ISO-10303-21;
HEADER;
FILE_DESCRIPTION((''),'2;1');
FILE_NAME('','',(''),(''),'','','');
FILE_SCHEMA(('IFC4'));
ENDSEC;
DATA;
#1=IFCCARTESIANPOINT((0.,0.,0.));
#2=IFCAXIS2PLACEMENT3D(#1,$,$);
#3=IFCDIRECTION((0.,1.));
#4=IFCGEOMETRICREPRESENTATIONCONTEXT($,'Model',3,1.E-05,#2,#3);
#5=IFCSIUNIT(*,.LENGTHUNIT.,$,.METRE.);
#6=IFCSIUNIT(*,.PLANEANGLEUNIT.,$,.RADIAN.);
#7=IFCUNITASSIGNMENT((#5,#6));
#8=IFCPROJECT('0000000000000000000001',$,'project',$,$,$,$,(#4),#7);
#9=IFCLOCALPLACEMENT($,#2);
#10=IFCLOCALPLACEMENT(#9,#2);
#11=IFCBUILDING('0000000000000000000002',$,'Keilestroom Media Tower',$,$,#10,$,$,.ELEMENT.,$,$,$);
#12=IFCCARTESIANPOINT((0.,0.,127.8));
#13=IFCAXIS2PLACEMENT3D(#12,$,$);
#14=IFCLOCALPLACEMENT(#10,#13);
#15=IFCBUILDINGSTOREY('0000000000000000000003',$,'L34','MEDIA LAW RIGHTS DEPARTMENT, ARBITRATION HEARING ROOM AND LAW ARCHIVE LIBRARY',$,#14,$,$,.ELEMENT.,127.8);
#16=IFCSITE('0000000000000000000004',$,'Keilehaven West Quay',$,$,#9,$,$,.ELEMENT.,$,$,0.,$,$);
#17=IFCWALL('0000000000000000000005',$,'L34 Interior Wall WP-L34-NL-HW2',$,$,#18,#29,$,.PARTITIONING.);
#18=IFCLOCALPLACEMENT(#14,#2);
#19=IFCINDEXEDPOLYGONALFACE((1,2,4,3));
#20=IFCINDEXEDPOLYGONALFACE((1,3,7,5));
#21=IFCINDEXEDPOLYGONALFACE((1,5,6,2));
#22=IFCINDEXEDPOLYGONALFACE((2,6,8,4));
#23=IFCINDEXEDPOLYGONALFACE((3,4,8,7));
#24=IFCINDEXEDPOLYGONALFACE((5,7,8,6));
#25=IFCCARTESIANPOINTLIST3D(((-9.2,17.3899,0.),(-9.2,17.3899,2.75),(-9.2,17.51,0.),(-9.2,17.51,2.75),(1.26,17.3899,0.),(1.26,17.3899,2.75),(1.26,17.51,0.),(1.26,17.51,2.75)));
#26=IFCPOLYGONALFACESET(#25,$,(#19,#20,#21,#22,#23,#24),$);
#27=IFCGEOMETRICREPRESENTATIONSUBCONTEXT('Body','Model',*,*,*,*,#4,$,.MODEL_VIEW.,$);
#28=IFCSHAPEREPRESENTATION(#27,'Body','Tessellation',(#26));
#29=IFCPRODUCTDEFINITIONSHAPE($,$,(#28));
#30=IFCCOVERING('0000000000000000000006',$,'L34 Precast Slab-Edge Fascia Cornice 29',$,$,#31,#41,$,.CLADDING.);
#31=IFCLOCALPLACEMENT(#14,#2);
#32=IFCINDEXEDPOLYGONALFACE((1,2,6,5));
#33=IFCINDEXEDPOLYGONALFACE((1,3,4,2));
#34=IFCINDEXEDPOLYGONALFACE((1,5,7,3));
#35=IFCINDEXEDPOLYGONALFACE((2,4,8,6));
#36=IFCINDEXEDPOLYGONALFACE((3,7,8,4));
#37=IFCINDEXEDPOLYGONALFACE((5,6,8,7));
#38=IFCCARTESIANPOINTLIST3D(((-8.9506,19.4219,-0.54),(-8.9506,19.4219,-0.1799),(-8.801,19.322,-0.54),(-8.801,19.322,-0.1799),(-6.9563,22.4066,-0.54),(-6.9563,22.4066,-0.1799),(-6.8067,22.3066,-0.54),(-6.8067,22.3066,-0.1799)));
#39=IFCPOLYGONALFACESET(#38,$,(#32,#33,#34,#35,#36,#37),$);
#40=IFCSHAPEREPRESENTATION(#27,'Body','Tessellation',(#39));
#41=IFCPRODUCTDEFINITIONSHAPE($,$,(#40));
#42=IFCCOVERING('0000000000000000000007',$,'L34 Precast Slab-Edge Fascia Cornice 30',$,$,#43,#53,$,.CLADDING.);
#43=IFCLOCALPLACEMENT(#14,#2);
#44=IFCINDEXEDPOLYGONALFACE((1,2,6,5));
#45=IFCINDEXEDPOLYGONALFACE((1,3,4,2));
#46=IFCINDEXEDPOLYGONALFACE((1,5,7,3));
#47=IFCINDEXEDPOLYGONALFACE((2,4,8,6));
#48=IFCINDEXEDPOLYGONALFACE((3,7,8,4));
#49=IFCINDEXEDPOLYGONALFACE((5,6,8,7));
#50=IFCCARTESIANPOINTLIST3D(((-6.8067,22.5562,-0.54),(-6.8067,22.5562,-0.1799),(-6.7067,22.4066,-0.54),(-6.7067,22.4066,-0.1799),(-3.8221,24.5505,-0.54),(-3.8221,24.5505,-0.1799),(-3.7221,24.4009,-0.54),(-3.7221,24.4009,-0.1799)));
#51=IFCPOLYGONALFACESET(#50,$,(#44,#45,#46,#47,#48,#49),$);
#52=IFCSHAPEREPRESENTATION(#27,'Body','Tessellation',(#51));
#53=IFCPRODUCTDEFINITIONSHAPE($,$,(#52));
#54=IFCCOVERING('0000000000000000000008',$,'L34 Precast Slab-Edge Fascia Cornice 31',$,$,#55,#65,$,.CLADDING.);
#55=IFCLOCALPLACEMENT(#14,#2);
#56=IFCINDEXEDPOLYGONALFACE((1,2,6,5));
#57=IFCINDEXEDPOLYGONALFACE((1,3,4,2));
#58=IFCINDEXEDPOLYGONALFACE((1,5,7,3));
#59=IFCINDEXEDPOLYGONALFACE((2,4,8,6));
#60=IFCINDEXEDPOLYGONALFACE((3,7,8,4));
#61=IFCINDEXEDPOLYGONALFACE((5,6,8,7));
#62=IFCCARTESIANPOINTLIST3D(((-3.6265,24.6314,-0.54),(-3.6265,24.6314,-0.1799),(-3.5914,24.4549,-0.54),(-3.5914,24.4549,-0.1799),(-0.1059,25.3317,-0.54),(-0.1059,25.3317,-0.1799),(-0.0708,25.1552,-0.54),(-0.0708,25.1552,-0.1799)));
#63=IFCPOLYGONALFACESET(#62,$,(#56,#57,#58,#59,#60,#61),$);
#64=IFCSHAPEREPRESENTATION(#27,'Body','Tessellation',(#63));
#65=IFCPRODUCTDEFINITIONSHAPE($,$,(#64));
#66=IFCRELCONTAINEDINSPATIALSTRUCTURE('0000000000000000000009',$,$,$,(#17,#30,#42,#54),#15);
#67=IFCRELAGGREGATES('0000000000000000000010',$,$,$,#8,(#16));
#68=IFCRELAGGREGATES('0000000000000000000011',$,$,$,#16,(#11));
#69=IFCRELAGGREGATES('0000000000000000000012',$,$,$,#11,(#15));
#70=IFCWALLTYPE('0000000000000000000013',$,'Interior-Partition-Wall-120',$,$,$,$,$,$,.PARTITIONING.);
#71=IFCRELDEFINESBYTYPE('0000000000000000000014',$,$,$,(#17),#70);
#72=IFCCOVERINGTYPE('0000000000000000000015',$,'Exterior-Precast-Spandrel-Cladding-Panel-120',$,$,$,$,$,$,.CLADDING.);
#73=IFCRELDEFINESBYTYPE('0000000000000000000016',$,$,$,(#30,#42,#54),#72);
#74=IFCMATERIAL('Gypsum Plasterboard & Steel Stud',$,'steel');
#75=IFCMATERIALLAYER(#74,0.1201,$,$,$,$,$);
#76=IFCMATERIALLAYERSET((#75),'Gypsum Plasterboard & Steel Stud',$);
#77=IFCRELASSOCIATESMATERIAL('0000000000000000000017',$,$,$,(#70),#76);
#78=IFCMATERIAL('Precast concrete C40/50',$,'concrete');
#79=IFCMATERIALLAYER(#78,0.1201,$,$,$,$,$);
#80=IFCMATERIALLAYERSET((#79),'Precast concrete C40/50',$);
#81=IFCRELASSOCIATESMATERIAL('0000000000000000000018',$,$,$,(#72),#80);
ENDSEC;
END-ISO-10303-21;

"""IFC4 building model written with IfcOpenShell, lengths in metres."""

from ifc_helpers import new_model, si_unit, direction, frame, frame_2d, origin, origin_2d, place, context, subcontext, project, spatial, rectangle, extrude, source, transform, mapped, material, layer, layer_set, type_object, element, save


model = new_model("IFC4")

# Units and contexts
model_context = context("Model", 3, precision=1e-05, world=origin(), true_north=direction((0.0, 1.0)))
body_context = subcontext(model_context, "Body", "Model", "MODEL_VIEW")
ifc_project = project(units=[si_unit("LENGTHUNIT", "METRE"), si_unit("PLANEANGLEUNIT", "RADIAN")], contexts=[model_context])

# Site, building, storey
site_placement = place(None, origin())
site = spatial("IfcSite", under=ifc_project, at=site_placement, Name="Keilehaven West Quay", CompositionType="ELEMENT", RefElevation=0.0)
building_placement = place(site_placement, origin())
building = spatial("IfcBuilding", under=site, at=building_placement, Name="Keilestroom Media Tower", CompositionType="ELEMENT")
storey_placement = place(building_placement, frame((0.0, 0.0, 127.8)))
storey = spatial("IfcBuildingStorey", under=building, at=storey_placement, Name="L34", Description="MEDIA LAW RIGHTS DEPARTMENT, ARBITRATION HEARING ROOM AND LAW ARCHIVE LIBRARY", CompositionType="ELEMENT", Elevation=127.8)

# Shared definitions
ifc_material_1 = material(Name="Precast concrete C40/50", Category="concrete")

# Shared definitions
ifc_material_2 = material(Name="Gypsum Plasterboard & Steel Stud", Category="steel")
ifc_layer_1 = layer(ifc_material_2, 0.1201)
ifc_layer_set_1 = layer_set([ifc_layer_1], Name="Gypsum Plasterboard & Steel Stud")
wall_type_1 = type_object("IfcWallType", Name="Interior-Partition-Wall-120", PredefinedType="PARTITIONING", material=ifc_layer_set_1)

# Wall
wall_1_placement = place(storey_placement, frame((-9.2, 17.45, 0.0), z_axis=(0.0, 0.0, 1.0), x_axis=(1.0, 0.0, 0.0)))
element("IfcWall", 1, at=wall_1_placement, inside=storey, type_object=wall_type_1, Name="L34 Interior Wall WP-L34-NL-HW2", PredefinedType="PARTITIONING", context=body_context, shape_type="SweptSolid", body=[
    extrude(rectangle(XDim=10.46, YDim=0.1201, at=frame_2d((5.23, 0.0))), origin(), (0.0, 0.0, 1.0), 2.75),
])

# Coverings
ifc_layer_2 = layer(ifc_material_1, 0.1201)
ifc_layer_set_2 = layer_set([ifc_layer_2], Name="Precast concrete C40/50")
covering_type = type_object("IfcCoveringType", Name="Exterior-Precast-Spandrel-Cladding-Panel-120", PredefinedType="CLADDING", material=ifc_layer_set_2)
shared_shape_1 = source(origin(), body_context, "Body", "SweptSolid", [
    extrude(rectangle(XDim=3.5896, YDim=0.1799, at=origin_2d()), origin(), (0.0, 0.0, 1.0), 0.3601),
])
for number, where, z_axis, x_axis, name in (
    (2, (-7.8787, 20.8643, -0.54), (0.0, 0.0, 1.0), (0.555575, 0.831467, 0.0), "L34 Precast Slab-Edge Fascia Cornice 29"),
    (3, (-5.2644, 23.4785, -0.54), (0.0, 0.0, 1.0), (0.831467, 0.555575, 0.0), "L34 Precast Slab-Edge Fascia Cornice 30"),
    (4, (-1.8486, 24.8933, -0.54), (0.0, 0.0, 1.0), (0.980784, 0.195099, 0.0), "L34 Precast Slab-Edge Fascia Cornice 31"),
):
    element("IfcCovering", number, at=place(storey_placement, frame(where, z_axis=z_axis, x_axis=x_axis)), inside=storey, type_object=covering_type, Name=name, PredefinedType="CLADDING", context=body_context, shape_type="MappedRepresentation", body=[
        mapped(shared_shape_1, transform((0.0, 0.0, 0.0), x_axis=(1.0, 0.0, 0.0), y_axis=(0.0, 1.0, 0.0), z_axis=(0.0, 0.0, 1.0), scale=1.0)),
    ])

save(model, "model.ifc")
